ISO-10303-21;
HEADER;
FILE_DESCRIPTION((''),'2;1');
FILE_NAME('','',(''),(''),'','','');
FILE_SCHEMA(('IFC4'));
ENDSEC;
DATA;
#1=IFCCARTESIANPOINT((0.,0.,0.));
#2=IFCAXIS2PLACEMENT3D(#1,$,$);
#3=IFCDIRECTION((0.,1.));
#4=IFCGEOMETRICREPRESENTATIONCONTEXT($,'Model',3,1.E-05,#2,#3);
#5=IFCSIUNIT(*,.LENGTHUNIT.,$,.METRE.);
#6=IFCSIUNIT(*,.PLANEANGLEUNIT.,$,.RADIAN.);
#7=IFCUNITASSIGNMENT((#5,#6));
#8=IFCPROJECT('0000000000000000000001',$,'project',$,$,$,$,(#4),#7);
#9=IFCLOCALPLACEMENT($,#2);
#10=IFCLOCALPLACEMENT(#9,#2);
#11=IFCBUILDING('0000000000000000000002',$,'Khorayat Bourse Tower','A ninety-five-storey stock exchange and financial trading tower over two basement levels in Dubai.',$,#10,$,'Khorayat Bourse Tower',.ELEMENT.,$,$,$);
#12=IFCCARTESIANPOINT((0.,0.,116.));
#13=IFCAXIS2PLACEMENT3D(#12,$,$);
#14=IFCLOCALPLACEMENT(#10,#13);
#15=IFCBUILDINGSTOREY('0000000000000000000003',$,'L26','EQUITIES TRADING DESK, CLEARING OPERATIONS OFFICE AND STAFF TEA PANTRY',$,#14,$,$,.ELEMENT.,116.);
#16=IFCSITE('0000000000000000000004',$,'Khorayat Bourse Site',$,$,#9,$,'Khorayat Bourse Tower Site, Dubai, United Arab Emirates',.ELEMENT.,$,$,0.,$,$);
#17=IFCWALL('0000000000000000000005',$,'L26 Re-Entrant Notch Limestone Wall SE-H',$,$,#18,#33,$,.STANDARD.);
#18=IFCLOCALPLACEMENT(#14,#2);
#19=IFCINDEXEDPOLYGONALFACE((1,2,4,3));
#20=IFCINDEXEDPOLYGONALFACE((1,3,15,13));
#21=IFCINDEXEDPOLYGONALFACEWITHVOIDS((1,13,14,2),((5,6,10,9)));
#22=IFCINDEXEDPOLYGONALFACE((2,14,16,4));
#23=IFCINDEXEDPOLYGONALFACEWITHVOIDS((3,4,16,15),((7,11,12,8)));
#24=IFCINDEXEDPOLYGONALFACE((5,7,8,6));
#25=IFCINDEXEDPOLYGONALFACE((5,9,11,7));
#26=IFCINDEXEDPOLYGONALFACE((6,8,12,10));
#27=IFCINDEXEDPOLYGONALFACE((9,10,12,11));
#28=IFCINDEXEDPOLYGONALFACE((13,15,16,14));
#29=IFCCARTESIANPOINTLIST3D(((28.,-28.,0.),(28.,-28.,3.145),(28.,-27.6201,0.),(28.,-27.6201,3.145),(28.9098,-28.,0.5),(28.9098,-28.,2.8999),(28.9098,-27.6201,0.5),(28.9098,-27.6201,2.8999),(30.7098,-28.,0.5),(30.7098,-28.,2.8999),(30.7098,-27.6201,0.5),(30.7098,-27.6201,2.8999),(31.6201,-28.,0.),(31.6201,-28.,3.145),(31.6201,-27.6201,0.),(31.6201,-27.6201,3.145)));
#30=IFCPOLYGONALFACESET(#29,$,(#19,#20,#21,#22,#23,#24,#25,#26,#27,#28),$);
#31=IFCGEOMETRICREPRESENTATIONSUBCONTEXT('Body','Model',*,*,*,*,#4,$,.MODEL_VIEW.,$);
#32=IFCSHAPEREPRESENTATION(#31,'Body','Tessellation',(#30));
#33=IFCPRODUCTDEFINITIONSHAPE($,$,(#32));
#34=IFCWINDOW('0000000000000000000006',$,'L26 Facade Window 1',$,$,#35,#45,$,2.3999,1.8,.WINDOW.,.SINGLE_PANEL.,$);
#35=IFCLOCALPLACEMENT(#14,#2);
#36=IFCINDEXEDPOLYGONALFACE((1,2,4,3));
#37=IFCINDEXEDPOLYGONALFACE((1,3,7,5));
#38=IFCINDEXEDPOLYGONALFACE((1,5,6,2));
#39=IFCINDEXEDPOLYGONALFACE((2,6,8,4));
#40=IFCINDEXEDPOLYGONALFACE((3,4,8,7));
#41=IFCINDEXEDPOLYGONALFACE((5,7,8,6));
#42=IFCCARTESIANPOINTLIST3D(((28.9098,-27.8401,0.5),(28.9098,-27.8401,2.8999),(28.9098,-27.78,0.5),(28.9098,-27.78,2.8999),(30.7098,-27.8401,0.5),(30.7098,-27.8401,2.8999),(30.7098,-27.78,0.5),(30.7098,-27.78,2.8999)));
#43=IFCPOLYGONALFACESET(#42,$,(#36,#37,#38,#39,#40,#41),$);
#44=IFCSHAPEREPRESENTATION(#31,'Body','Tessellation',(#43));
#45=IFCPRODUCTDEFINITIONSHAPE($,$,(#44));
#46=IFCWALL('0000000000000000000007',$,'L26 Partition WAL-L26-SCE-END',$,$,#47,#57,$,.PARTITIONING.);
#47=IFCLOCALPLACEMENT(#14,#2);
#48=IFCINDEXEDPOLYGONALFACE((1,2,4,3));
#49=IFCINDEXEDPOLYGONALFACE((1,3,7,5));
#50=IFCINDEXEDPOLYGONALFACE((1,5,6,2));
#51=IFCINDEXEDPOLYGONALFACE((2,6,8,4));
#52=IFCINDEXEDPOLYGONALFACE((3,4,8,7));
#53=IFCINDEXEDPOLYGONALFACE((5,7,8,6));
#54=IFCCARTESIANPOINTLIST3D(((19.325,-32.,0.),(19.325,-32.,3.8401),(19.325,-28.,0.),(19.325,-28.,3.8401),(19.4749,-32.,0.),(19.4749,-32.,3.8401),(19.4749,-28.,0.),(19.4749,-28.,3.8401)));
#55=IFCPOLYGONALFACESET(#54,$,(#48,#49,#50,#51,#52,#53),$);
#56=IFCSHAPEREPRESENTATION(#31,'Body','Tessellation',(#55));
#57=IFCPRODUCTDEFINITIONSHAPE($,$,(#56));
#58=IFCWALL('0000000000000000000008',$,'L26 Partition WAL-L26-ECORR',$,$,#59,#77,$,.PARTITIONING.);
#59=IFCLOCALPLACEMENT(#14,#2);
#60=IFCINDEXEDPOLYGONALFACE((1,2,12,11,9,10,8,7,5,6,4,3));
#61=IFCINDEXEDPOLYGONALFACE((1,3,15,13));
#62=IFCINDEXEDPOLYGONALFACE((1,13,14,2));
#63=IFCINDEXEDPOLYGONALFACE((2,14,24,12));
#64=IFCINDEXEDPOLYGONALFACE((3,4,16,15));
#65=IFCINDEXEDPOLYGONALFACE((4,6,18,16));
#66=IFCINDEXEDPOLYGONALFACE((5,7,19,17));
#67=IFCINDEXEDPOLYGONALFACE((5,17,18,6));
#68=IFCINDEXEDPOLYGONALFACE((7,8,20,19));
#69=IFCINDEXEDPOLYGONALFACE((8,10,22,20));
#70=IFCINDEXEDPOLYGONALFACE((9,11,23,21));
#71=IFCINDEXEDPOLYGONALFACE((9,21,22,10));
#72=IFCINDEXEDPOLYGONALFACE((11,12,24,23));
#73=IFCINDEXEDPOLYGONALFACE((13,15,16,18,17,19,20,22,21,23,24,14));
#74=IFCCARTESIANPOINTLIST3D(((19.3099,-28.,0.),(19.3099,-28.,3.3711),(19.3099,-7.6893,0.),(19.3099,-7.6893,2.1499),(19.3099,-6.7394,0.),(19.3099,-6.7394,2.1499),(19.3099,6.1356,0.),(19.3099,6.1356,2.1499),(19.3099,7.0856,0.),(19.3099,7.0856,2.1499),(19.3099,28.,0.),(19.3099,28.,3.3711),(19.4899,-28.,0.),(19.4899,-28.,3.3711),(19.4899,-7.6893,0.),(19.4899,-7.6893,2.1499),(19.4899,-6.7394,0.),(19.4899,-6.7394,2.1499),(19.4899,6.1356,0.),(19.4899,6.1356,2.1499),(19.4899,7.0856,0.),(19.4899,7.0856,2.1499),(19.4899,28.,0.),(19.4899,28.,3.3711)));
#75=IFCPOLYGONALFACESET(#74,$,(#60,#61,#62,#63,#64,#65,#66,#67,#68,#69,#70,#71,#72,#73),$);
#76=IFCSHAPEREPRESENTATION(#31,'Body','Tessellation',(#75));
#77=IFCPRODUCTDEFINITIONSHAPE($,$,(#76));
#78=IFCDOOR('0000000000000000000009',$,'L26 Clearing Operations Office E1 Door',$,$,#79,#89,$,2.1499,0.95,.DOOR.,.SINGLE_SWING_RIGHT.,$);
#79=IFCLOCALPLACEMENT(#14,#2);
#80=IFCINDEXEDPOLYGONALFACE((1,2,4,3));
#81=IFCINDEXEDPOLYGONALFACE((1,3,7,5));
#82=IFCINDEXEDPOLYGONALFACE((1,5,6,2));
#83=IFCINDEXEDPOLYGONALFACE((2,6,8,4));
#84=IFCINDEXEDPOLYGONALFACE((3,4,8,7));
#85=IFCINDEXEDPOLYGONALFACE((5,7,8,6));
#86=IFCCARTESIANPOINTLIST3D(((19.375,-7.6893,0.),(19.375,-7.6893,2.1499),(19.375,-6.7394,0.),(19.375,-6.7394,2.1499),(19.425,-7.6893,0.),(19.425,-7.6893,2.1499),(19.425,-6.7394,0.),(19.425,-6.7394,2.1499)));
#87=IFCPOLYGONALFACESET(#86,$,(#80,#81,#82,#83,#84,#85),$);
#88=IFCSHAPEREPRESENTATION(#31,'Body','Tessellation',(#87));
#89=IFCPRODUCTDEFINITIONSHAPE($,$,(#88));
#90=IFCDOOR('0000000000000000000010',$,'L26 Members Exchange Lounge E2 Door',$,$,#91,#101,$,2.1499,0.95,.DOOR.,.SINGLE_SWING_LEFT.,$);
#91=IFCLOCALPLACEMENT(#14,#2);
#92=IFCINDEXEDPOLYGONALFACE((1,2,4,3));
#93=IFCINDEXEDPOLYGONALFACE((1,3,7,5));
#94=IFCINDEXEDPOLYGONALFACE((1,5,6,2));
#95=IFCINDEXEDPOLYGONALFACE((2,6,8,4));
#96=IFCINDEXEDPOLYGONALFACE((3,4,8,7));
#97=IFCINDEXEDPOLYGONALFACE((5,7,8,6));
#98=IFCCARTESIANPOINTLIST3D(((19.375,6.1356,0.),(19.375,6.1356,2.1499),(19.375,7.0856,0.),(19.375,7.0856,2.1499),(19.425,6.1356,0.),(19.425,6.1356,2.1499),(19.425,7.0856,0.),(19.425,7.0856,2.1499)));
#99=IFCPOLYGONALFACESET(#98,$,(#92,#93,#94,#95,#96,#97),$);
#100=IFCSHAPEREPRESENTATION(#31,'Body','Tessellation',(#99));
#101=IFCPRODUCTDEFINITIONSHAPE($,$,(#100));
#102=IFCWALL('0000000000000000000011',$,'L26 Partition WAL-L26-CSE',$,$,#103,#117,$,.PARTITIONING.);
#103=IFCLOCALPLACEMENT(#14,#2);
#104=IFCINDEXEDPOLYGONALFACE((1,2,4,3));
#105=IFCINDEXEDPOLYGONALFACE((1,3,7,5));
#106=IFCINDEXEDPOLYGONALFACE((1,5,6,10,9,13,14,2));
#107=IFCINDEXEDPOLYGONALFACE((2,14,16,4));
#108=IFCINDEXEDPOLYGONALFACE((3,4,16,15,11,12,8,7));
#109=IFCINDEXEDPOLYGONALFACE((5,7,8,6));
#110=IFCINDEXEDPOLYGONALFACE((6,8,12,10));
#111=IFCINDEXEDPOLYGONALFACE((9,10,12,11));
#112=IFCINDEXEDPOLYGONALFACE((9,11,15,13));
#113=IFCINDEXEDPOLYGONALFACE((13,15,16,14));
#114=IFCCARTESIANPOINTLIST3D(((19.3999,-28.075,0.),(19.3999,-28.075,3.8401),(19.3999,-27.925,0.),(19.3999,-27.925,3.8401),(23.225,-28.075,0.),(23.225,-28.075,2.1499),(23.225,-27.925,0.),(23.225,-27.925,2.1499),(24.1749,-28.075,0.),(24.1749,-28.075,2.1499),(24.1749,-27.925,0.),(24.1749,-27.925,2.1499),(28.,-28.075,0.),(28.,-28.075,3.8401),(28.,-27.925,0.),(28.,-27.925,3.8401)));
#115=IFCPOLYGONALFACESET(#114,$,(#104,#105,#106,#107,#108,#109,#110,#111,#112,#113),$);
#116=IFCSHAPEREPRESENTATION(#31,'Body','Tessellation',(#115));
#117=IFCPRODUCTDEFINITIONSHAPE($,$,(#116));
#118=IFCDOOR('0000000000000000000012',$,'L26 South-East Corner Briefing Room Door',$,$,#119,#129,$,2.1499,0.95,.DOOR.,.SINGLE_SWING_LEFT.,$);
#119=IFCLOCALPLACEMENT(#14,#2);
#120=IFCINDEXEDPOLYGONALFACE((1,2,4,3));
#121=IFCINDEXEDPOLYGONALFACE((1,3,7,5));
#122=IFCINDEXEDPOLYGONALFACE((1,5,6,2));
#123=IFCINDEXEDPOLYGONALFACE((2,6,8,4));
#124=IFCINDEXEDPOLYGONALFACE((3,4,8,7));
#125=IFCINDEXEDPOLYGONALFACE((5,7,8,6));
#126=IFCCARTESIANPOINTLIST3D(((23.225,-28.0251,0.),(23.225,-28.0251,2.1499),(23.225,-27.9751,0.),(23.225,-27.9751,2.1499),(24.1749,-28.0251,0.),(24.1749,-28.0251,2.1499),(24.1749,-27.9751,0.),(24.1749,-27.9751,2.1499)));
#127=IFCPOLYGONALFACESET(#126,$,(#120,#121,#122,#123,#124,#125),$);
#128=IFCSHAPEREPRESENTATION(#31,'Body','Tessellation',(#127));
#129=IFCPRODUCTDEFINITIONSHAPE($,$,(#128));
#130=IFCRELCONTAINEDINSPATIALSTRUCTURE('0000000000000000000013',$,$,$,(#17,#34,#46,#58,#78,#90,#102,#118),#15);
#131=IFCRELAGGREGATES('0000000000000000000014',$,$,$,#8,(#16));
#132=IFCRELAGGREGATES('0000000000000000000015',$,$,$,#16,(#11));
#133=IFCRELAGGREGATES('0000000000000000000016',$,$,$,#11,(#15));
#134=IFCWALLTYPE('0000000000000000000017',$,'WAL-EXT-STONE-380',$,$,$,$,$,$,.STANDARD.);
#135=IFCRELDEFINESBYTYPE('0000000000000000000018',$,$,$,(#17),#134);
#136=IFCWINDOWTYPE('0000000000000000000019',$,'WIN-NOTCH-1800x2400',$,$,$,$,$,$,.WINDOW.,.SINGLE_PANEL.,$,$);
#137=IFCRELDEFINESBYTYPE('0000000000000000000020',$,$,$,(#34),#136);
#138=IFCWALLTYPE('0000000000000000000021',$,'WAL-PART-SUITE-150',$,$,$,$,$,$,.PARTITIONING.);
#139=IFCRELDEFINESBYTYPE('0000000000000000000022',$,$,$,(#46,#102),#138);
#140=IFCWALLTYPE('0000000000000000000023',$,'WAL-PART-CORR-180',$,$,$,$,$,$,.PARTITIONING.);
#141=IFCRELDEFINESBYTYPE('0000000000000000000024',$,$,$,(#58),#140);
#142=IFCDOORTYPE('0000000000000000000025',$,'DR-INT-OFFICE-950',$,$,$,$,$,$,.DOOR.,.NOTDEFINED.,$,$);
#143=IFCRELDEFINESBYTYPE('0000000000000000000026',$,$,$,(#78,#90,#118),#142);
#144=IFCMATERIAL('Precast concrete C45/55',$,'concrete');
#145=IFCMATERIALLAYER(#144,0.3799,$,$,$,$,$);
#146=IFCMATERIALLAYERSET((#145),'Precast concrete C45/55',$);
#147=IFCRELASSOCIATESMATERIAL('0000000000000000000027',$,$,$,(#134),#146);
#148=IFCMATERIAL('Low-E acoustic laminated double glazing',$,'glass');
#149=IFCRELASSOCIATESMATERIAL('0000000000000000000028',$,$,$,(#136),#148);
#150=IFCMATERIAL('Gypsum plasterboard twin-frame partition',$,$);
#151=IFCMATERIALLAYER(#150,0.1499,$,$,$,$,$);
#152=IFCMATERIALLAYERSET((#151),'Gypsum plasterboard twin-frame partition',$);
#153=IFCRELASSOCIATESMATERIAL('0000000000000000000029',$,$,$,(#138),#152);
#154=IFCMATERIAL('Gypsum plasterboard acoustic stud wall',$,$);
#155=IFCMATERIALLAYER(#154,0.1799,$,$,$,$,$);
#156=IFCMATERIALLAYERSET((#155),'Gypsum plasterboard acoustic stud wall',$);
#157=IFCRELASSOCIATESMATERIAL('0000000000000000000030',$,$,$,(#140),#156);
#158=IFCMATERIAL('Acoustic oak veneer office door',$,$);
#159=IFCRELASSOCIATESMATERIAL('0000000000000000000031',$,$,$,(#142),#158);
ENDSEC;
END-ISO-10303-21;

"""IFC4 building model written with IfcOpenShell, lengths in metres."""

from ifc_helpers import new_model, si_unit, direction, frame, frame_2d, origin, place, context, subcontext, project, spatial, rectangle, extrude, source, transform, mapped, material, layer, layer_set, type_object, element, fill, save


model = new_model("IFC4")

# Units and contexts
model_context = context("Model", 3, precision=1e-05, world=origin(), true_north=direction((0.0, 1.0)))
body_context = subcontext(model_context, "Body", "Model", "MODEL_VIEW")
ifc_project = project(units=[si_unit("LENGTHUNIT", "METRE"), si_unit("PLANEANGLEUNIT", "RADIAN")], contexts=[model_context])

# Site, building, storey
site_placement = place(None, origin())
site = spatial("IfcSite", under=ifc_project, at=site_placement, Name="Khorayat Bourse Site", LongName="Khorayat Bourse Tower Site, Dubai, United Arab Emirates", CompositionType="ELEMENT", RefElevation=0.0)
building_placement = place(site_placement, origin())
building = spatial("IfcBuilding", under=site, at=building_placement, Name="Khorayat Bourse Tower", Description="A ninety-five-storey stock exchange and financial trading tower over two basement levels in Dubai.", LongName="Khorayat Bourse Tower", CompositionType="ELEMENT")
storey_placement = place(building_placement, frame((0.0, 0.0, 116.0)))
storey = spatial("IfcBuildingStorey", under=building, at=storey_placement, Name="L26", Description="EQUITIES TRADING DESK, CLEARING OPERATIONS OFFICE AND STAFF TEA PANTRY", CompositionType="ELEMENT", Elevation=116.0)

# Wall, opening, window
ifc_material_1 = material(Name="Precast concrete C45/55", Category="concrete")
ifc_layer_1 = layer(ifc_material_1, 0.3799)
ifc_layer_set_1 = layer_set([ifc_layer_1], Name="Precast concrete C45/55")
wall_type_1 = type_object("IfcWallType", Name="WAL-EXT-STONE-380", PredefinedType="STANDARD", material=ifc_layer_set_1)
shared_shape_1 = source(origin(), body_context, "Body", "SweptSolid", [
    extrude(rectangle(XDim=3.6201, YDim=0.3799, at=frame_2d((1.8101, 0.0))), origin(), (0.0, 0.0, 1.0), 3.145),
])
shared_shape_2 = source(origin(), body_context, "Body", "SweptSolid", [
    extrude(rectangle(XDim=1.8, YDim=2.3999, at=frame_2d((0.8999, 1.2))), frame((0.0, 0.2, 0.0), z_axis=(0.0, -1.0, 0.0), x_axis=(1.0, 0.0, 0.0)), (0.0, 0.0, 1.0), 0.3999),
])
ifc_material_2 = material(Name="Low-E acoustic laminated double glazing", Category="glass")
window_type = type_object("IfcWindowType", Name="WIN-NOTCH-1800x2400", PartitioningType="SINGLE_PANEL", PredefinedType="WINDOW", material=ifc_material_2)
shared_shape_3 = source(origin(), body_context, "Body", "SweptSolid", [
    extrude(rectangle(XDim=1.8, YDim=2.3999, at=frame_2d((0.8999, 1.2))), frame((0.0, 0.03, 0.0), z_axis=(0.0, -1.0, 0.0), x_axis=(1.0, 0.0, 0.0)), (0.0, 0.0, 1.0), 0.0601),
])
wall_1_placement = place(storey_placement, frame((28.0, -27.8101, 0.0), z_axis=(0.0, 0.0, 1.0), x_axis=(1.0, 0.0, 0.0)))
wall_1 = element("IfcWall", 1, at=wall_1_placement, inside=storey, type_object=wall_type_1, Name="L26 Re-Entrant Notch Limestone Wall SE-H", PredefinedType="STANDARD", context=body_context, shape_type="MappedRepresentation", body=[
    mapped(shared_shape_1, transform((0.0, 0.0, 0.0), scale=1.0)),
])
opening_1_placement = place(wall_1_placement, frame((0.9099, 0.0, 0.5)))
opening_1 = element("IfcOpeningElement", 2, at=opening_1_placement, cuts=wall_1, PredefinedType="OPENING", context=body_context, shape_type="MappedRepresentation", body=[
    mapped(shared_shape_2, transform((0.0, 0.0, 0.0), scale=1.0)),
])
window_1_placement = place(opening_1_placement, origin())
window_1 = element("IfcWindow", 3, at=window_1_placement, inside=storey, type_object=window_type, Name="L26 Facade Window 1", OverallHeight=2.3999, OverallWidth=1.8, PartitioningType="SINGLE_PANEL", PredefinedType="WINDOW", context=body_context, shape_type="MappedRepresentation", body=[
    mapped(shared_shape_3, transform((0.0, 0.0, 0.0), scale=1.0)),
])
fill(opening_1, window_1)

# Wall
ifc_material_3 = material(Name="Gypsum plasterboard twin-frame partition")
ifc_layer_2 = layer(ifc_material_3, 0.1499)
ifc_layer_set_2 = layer_set([ifc_layer_2], Name="Gypsum plasterboard twin-frame partition")
wall_type_2 = type_object("IfcWallType", Name="WAL-PART-SUITE-150", PredefinedType="PARTITIONING", material=ifc_layer_set_2)
shared_shape_4 = source(origin(), body_context, "Body", "SweptSolid", [
    extrude(rectangle(XDim=4.0, YDim=0.1499, at=frame_2d((2.0, 0.0))), origin(), (0.0, 0.0, 1.0), 3.8401),
])
wall_2_placement = place(storey_placement, frame((19.3999, -32.0, 0.0), z_axis=(0.0, 0.0, 1.0), x_axis=(0.0, 1.0, 0.0)))
element("IfcWall", 4, at=wall_2_placement, inside=storey, type_object=wall_type_2, Name="L26 Partition WAL-L26-SCE-END", PredefinedType="PARTITIONING", context=body_context, shape_type="MappedRepresentation", body=[
    mapped(shared_shape_4, transform((0.0, 0.0, 0.0), scale=1.0)),
])

# Wall, openings, doors
ifc_material_4 = material(Name="Gypsum plasterboard acoustic stud wall")
ifc_layer_3 = layer(ifc_material_4, 0.1799)
ifc_layer_set_3 = layer_set([ifc_layer_3], Name="Gypsum plasterboard acoustic stud wall")
wall_type_3 = type_object("IfcWallType", Name="WAL-PART-CORR-180", PredefinedType="PARTITIONING", material=ifc_layer_set_3)
shared_shape_5 = source(origin(), body_context, "Body", "SweptSolid", [
    extrude(rectangle(XDim=56.0, YDim=0.1799, at=frame_2d((28.0, 0.0))), origin(), (0.0, 0.0, 1.0), 3.3711),
])
wall_3_placement = place(storey_placement, frame((19.3999, -28.0, 0.0), z_axis=(0.0, 0.0, 1.0), x_axis=(0.0, 1.0, 0.0)))
wall_3 = element("IfcWall", 5, at=wall_3_placement, inside=storey, type_object=wall_type_3, Name="L26 Partition WAL-L26-ECORR", PredefinedType="PARTITIONING", context=body_context, shape_type="MappedRepresentation", body=[
    mapped(shared_shape_5, transform((0.0, 0.0, 0.0), scale=1.0)),
])
shared_shape_6 = source(origin(), body_context, "Body", "SweptSolid", [
    extrude(rectangle(XDim=0.95, YDim=2.1499, at=frame_2d((0.4751, 1.075))), frame((0.0, 0.0999, 0.0), z_axis=(0.0, -1.0, 0.0), x_axis=(1.0, 0.0, 0.0)), (0.0, 0.0, 1.0), 0.2),
])
opening_2_placement = place(wall_3_placement, frame((20.3105, 0.0, 0.0)))
opening_2 = element("IfcOpeningElement", 6, at=opening_2_placement, cuts=wall_3, PredefinedType="OPENING", context=body_context, shape_type="MappedRepresentation", body=[
    mapped(shared_shape_6, transform((0.0, 0.0, 0.0), scale=1.0)),
])
opening_3_placement = place(wall_3_placement, frame((34.1355, 0.0, 0.0)))
opening_3 = element("IfcOpeningElement", 7, at=opening_3_placement, cuts=wall_3, PredefinedType="OPENING", context=body_context, shape_type="MappedRepresentation", body=[
    mapped(shared_shape_6, transform((0.0, 0.0, 0.0), scale=1.0)),
])
ifc_material_5 = material(Name="Acoustic oak veneer office door")
door_type = type_object("IfcDoorType", Name="DR-INT-OFFICE-950", OperationType="NOTDEFINED", PredefinedType="DOOR", material=ifc_material_5)
shared_shape_7 = source(origin(), body_context, "Body", "SweptSolid", [
    extrude(rectangle(XDim=0.95, YDim=2.1499, at=frame_2d((0.4751, 1.075))), frame((0.0, 0.0249, 0.0), z_axis=(0.0, -1.0, 0.0), x_axis=(1.0, 0.0, 0.0)), (0.0, 0.0, 1.0), 0.05),
])
door_1_placement = place(opening_2_placement, origin())
door_1 = element("IfcDoor", 8, at=door_1_placement, inside=storey, type_object=door_type, Name="L26 Clearing Operations Office E1 Door", OperationType="SINGLE_SWING_RIGHT", OverallHeight=2.1499, OverallWidth=0.95, PredefinedType="DOOR", context=body_context, shape_type="MappedRepresentation", body=[
    mapped(shared_shape_7, transform((0.0, 0.0, 0.0), scale=1.0)),
])
fill(opening_2, door_1)
door_2_placement = place(opening_3_placement, origin())
door_2 = element("IfcDoor", 9, at=door_2_placement, inside=storey, type_object=door_type, Name="L26 Members Exchange Lounge E2 Door", OperationType="SINGLE_SWING_LEFT", OverallHeight=2.1499, OverallWidth=0.95, PredefinedType="DOOR", context=body_context, shape_type="MappedRepresentation", body=[
    mapped(shared_shape_7, transform((0.0, 0.0, 0.0), scale=1.0)),
])
fill(opening_3, door_2)

# Wall, opening, door
shared_shape_8 = source(origin(), body_context, "Body", "SweptSolid", [
    extrude(rectangle(XDim=8.6001, YDim=0.1499, at=frame_2d((4.3, 0.0))), origin(), (0.0, 0.0, 1.0), 3.8401),
])
wall_4_placement = place(storey_placement, frame((19.3999, -28.0, 0.0), z_axis=(0.0, 0.0, 1.0), x_axis=(1.0, 0.0, 0.0)))
wall_4 = element("IfcWall", 10, at=wall_4_placement, inside=storey, type_object=wall_type_2, Name="L26 Partition WAL-L26-CSE", PredefinedType="PARTITIONING", context=body_context, shape_type="MappedRepresentation", body=[
    mapped(shared_shape_8, transform((0.0, 0.0, 0.0), scale=1.0)),
])
shared_shape_9 = source(origin(), body_context, "Body", "SweptSolid", [
    extrude(rectangle(XDim=0.95, YDim=2.1499, at=frame_2d((0.4751, 1.075))), frame((0.0, 0.085, 0.0), z_axis=(0.0, -1.0, 0.0), x_axis=(1.0, 0.0, 0.0)), (0.0, 0.0, 1.0), 0.1699),
])
opening_4_placement = place(wall_4_placement, frame((3.825, 0.0, 0.0)))
opening_4 = element("IfcOpeningElement", 11, at=opening_4_placement, cuts=wall_4, PredefinedType="OPENING", context=body_context, shape_type="MappedRepresentation", body=[
    mapped(shared_shape_9, transform((0.0, 0.0, 0.0), scale=1.0)),
])
door_3_placement = place(opening_4_placement, origin())
door_3 = element("IfcDoor", 12, at=door_3_placement, inside=storey, type_object=door_type, Name="L26 South-East Corner Briefing Room Door", OperationType="SINGLE_SWING_LEFT", OverallHeight=2.1499, OverallWidth=0.95, PredefinedType="DOOR", context=body_context, shape_type="MappedRepresentation", body=[
    mapped(shared_shape_7, transform((0.0, 0.0, 0.0), scale=1.0)),
])
fill(opening_4, door_3)

save(model, "model.ifc")
